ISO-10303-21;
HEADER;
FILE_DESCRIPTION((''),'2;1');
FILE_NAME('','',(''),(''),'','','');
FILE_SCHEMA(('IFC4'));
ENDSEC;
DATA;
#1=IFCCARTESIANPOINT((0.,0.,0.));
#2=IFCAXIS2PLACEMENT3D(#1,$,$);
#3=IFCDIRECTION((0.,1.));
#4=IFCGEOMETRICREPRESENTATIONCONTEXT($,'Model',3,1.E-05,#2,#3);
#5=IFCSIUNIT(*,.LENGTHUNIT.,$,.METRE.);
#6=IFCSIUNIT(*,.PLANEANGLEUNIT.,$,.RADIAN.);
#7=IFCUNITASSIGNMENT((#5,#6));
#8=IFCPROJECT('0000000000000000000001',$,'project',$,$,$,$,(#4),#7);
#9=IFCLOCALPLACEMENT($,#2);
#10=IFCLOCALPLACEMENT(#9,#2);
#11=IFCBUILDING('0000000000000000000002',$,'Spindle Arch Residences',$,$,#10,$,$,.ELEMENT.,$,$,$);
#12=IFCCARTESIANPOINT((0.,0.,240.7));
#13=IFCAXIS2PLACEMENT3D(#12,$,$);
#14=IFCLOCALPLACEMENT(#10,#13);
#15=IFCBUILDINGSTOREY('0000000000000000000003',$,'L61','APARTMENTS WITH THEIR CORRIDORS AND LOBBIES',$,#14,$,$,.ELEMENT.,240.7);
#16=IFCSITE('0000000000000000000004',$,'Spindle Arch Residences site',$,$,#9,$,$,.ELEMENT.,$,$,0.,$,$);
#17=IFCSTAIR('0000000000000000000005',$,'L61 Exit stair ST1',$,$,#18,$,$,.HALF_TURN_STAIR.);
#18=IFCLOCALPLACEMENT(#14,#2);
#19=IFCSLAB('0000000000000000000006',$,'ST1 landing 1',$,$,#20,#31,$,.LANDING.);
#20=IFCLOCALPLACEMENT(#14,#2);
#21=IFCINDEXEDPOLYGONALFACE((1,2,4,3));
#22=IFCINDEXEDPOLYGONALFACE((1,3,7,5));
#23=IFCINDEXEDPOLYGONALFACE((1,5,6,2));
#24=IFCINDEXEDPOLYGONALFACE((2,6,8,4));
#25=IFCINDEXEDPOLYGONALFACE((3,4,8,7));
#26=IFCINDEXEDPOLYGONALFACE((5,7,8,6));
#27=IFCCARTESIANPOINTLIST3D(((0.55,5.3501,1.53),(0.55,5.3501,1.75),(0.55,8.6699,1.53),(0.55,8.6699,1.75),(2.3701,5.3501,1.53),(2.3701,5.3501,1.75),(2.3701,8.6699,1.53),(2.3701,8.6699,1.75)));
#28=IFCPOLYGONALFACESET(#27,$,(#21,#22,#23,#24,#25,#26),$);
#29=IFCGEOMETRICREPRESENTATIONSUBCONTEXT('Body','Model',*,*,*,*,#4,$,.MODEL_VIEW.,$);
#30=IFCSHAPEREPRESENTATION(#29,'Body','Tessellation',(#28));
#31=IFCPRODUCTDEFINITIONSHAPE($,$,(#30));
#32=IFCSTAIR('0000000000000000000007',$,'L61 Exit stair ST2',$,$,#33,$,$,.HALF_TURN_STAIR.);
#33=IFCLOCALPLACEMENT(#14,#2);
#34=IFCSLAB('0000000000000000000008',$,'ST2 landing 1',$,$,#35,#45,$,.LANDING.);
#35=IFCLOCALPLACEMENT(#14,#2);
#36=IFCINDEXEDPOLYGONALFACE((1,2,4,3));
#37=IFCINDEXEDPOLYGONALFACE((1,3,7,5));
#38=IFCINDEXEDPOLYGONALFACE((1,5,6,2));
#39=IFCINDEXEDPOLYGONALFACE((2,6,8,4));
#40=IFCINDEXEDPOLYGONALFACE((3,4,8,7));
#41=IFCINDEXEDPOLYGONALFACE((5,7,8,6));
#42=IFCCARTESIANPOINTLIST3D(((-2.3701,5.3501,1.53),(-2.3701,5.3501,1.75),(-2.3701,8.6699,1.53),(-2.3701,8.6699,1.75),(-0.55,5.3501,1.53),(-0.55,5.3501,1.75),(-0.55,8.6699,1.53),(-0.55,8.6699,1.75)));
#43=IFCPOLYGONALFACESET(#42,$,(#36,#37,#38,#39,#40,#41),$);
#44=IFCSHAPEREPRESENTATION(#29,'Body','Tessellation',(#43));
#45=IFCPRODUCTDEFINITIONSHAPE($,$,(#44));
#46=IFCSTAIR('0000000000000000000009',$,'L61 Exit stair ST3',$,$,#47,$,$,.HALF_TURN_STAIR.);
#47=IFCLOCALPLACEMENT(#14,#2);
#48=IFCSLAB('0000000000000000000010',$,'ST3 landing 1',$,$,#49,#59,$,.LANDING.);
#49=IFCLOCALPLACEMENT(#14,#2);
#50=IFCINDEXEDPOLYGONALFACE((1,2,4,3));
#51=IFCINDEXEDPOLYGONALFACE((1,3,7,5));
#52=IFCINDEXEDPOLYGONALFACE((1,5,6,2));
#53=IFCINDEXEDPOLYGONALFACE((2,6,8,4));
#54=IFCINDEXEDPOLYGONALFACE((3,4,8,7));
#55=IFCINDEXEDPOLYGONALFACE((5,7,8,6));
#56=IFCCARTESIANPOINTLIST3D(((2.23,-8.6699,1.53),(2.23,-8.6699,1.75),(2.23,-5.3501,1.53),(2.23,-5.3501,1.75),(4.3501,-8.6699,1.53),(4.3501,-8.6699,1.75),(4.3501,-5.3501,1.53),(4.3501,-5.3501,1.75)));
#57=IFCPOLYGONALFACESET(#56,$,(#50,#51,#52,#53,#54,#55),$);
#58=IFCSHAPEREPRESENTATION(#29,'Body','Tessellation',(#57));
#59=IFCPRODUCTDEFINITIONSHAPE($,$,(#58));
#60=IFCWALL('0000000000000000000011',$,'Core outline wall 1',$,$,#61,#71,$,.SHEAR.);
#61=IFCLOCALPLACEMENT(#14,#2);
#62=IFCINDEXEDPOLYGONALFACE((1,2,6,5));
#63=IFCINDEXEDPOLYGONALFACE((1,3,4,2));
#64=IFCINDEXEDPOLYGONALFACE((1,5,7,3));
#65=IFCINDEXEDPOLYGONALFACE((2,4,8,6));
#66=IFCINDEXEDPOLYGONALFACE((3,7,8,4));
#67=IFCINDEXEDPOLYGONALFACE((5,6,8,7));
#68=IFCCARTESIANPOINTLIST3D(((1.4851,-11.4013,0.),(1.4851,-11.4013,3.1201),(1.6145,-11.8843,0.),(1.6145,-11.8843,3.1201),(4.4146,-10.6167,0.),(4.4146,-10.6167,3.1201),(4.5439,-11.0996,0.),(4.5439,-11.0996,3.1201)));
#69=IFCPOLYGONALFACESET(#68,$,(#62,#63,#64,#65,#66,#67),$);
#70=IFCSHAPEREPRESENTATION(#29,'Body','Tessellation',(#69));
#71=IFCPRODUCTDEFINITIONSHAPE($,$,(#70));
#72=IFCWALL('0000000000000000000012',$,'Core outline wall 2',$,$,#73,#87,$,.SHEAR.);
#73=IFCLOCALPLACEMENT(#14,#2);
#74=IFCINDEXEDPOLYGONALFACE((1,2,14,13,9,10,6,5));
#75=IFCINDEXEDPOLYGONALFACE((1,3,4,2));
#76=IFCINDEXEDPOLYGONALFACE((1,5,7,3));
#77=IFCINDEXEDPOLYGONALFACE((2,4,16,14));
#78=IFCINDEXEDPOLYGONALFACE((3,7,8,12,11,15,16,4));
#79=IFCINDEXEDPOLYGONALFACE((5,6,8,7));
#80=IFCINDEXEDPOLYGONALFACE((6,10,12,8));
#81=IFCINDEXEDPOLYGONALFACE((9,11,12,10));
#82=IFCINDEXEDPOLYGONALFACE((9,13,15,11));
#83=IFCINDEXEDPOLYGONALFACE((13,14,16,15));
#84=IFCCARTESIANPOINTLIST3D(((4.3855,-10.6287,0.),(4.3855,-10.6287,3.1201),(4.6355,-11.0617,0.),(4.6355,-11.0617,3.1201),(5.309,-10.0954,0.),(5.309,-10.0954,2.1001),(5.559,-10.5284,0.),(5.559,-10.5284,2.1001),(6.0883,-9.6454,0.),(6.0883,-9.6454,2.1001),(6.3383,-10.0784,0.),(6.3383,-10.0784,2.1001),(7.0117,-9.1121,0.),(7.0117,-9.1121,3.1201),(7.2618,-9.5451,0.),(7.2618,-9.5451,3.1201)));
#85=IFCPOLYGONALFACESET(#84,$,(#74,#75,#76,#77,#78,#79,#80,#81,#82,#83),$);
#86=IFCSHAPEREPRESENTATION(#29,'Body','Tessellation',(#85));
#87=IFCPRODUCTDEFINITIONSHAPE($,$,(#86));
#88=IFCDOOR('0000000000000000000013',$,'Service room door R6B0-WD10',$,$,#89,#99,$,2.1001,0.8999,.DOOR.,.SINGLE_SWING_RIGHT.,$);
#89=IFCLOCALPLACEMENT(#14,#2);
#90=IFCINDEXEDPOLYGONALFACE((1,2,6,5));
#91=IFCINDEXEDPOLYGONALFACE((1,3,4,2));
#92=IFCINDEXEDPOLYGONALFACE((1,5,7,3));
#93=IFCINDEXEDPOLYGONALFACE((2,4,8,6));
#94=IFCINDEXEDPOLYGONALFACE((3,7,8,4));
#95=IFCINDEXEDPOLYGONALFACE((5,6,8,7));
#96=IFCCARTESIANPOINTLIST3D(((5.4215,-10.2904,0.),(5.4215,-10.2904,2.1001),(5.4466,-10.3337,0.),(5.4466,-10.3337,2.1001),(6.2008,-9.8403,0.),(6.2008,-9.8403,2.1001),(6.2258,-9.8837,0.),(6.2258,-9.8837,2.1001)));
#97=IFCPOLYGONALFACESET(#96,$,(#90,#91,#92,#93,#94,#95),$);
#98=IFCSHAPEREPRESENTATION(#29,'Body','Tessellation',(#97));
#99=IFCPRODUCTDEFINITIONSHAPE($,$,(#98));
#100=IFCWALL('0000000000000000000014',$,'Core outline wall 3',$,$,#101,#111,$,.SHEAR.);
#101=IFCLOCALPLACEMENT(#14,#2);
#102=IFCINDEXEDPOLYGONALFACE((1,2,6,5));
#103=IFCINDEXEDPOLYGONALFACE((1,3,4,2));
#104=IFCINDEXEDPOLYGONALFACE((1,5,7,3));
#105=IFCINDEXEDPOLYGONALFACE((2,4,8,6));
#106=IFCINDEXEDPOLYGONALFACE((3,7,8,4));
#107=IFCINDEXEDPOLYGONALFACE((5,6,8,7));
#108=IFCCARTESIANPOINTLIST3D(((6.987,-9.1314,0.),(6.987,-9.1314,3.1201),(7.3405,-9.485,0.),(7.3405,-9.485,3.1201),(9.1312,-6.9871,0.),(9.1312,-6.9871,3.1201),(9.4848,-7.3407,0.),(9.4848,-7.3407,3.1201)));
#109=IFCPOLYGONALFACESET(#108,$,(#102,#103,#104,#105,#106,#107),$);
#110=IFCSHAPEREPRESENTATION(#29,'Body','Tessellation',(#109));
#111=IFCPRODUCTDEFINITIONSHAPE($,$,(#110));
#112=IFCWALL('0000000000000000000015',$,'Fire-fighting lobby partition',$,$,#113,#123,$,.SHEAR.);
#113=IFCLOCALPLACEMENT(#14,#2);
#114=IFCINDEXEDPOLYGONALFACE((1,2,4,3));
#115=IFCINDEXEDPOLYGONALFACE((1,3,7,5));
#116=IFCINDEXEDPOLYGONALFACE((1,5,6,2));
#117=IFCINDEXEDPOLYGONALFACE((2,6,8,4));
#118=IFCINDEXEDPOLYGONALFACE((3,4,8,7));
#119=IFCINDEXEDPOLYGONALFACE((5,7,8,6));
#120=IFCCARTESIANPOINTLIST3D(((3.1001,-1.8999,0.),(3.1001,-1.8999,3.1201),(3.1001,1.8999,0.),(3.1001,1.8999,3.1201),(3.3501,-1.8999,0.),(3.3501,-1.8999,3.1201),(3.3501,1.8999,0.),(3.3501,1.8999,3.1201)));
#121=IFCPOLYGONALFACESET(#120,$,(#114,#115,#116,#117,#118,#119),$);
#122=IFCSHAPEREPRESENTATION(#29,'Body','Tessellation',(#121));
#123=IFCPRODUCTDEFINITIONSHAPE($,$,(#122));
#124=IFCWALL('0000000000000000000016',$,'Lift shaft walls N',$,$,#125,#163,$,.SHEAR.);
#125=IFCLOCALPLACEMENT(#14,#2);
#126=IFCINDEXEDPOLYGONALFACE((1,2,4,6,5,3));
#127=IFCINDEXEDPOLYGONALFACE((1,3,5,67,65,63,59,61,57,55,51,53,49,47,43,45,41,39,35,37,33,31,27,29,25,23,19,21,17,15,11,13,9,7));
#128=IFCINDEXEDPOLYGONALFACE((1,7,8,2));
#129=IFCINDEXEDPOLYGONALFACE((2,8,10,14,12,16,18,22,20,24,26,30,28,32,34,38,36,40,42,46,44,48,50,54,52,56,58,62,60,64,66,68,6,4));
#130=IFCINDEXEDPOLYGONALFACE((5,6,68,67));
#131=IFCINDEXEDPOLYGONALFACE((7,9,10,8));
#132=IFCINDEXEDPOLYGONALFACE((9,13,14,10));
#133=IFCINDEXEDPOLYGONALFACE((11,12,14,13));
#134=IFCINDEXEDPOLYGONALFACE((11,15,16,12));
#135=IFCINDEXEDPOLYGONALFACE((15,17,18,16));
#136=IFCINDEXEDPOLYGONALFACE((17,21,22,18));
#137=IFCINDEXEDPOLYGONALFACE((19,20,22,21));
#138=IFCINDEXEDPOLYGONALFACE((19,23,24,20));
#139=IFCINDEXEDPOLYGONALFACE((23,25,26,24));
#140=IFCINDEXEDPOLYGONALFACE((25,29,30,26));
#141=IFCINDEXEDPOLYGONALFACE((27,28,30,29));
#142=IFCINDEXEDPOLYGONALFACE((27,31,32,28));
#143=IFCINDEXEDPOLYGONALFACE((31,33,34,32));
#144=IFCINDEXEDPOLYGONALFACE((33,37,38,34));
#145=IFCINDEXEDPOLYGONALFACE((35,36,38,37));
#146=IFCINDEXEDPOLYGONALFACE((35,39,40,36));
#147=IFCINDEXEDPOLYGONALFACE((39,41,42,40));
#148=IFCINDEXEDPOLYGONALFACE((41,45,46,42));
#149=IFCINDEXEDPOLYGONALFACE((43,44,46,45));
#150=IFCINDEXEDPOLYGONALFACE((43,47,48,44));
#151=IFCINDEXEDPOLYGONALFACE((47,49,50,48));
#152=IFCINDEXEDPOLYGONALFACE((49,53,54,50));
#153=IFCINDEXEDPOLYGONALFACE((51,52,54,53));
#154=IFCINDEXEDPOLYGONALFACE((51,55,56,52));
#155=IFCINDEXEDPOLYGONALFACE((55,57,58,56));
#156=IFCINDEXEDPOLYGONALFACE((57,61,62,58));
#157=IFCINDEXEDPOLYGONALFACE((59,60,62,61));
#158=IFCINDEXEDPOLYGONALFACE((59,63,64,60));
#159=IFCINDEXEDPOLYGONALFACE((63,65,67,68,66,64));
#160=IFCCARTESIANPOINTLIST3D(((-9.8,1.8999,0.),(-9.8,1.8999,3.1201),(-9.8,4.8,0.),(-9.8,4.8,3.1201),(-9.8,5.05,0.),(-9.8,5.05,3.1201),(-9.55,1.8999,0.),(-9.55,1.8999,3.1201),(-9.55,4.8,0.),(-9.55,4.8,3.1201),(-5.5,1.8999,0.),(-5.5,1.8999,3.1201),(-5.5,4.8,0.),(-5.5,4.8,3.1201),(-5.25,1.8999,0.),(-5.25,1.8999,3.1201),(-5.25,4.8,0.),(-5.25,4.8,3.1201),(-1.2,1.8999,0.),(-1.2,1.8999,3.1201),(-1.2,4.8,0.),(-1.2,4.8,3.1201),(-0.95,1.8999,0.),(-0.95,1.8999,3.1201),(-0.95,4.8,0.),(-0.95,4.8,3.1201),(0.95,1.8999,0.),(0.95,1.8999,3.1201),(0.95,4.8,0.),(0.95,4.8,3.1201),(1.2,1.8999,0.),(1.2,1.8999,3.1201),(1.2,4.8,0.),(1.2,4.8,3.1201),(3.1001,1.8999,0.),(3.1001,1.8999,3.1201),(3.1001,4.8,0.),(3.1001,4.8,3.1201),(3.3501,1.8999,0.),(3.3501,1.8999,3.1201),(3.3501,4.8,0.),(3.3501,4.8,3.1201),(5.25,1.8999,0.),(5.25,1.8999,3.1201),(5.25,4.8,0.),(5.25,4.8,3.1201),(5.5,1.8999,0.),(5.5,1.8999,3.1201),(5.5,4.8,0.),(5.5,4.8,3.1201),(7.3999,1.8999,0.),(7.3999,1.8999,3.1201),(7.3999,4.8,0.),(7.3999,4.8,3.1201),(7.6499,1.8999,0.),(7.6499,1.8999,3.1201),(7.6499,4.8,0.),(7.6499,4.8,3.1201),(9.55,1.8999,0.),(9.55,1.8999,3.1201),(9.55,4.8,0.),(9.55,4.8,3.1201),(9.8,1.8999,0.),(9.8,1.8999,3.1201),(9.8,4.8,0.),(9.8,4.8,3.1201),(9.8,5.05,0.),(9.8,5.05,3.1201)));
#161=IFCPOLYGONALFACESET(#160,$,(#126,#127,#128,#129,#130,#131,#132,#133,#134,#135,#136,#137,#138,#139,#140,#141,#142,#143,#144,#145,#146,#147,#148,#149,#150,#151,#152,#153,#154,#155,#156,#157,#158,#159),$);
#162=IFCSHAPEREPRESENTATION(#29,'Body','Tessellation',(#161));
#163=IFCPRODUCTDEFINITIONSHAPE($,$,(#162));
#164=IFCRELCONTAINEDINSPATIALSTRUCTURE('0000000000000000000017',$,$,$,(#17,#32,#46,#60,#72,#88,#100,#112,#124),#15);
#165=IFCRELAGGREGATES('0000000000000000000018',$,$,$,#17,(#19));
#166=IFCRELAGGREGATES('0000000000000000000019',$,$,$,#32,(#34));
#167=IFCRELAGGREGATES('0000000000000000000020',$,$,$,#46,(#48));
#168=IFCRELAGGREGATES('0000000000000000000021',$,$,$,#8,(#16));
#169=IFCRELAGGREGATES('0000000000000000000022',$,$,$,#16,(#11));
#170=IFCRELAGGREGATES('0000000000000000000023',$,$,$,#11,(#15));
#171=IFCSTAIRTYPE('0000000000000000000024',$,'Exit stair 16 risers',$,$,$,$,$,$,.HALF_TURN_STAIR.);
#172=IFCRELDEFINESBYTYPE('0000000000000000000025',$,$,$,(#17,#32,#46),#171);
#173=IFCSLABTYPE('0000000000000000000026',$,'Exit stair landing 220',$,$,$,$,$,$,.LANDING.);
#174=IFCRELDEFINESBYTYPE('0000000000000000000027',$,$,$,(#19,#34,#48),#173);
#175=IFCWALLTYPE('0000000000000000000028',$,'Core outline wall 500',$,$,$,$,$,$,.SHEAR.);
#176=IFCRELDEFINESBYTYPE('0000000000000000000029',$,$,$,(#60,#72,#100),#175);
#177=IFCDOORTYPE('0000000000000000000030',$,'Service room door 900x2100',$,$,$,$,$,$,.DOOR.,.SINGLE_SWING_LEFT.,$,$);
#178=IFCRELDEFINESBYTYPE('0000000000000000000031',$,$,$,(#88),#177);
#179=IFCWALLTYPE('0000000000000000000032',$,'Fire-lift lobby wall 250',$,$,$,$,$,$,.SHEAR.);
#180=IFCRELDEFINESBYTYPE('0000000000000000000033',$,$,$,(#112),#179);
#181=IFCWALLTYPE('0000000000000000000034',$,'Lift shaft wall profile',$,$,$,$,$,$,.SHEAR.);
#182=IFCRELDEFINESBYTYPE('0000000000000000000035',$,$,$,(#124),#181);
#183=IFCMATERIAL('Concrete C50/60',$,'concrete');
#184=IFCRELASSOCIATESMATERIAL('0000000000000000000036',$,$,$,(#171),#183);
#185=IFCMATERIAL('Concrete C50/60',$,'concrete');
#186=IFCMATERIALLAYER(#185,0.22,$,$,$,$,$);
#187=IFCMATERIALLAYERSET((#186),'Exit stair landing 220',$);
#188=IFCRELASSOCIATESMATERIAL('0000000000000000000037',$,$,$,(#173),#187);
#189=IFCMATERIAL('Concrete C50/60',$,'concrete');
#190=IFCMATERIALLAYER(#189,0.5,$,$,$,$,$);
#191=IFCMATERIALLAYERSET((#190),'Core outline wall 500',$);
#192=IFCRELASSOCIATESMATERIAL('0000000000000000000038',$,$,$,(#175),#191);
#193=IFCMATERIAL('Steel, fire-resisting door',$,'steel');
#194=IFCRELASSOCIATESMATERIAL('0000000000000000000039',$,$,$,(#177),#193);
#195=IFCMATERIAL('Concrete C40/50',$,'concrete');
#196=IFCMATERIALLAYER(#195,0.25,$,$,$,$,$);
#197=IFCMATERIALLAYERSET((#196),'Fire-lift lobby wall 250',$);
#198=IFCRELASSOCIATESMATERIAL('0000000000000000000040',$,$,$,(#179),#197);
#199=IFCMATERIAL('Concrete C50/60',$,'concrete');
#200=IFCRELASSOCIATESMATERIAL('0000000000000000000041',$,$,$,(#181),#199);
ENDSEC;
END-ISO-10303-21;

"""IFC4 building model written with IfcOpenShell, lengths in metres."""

from ifc_helpers import new_model, si_unit, direction, frame, frame_2d, origin, place, context, subcontext, project, spatial, polyline, rectangle, outline, extrude, material, layer, layer_set, type_object, element, fill, aggregate, save


model = new_model("IFC4")

# Units and contexts
model_context = context("Model", 3, precision=1e-05, world=origin(), true_north=direction((0.0, 1.0)))
body_context = subcontext(model_context, "Body", "Model", "MODEL_VIEW")
ifc_project = project(units=[si_unit("LENGTHUNIT", "METRE"), si_unit("PLANEANGLEUNIT", "RADIAN")], contexts=[model_context])

# Site, building, storey
site_placement = place(None, origin())
site = spatial("IfcSite", under=ifc_project, at=site_placement, Name="Spindle Arch Residences site", CompositionType="ELEMENT", RefElevation=0.0)
building_placement = place(site_placement, origin())
building = spatial("IfcBuilding", under=site, at=building_placement, Name="Spindle Arch Residences", CompositionType="ELEMENT")
storey_placement = place(building_placement, frame((0.0, 0.0, 240.7)))
storey = spatial("IfcBuildingStorey", under=building, at=storey_placement, Name="L61", Description="APARTMENTS WITH THEIR CORRIDORS AND LOBBIES", CompositionType="ELEMENT", Elevation=240.7)

# Stairs, slabs
ifc_material_1 = material(Name="Concrete C50/60", Category="concrete")
stair_type = type_object("IfcStairType", Name="Exit stair 16 risers", PredefinedType="HALF_TURN_STAIR", material=ifc_material_1)
stair_1_placement = place(storey_placement, origin())
stair_1 = element("IfcStair", 1, at=stair_1_placement, inside=storey, type_object=stair_type, Name="L61 Exit stair ST1", PredefinedType="HALF_TURN_STAIR")
ifc_material_2 = material(Name="Concrete C50/60", Category="concrete")
ifc_layer_1 = layer(ifc_material_2, 0.22)
ifc_layer_set_1 = layer_set([ifc_layer_1], Name="Exit stair landing 220")
slab_type_1 = type_object("IfcSlabType", Name="Exit stair landing 220", PredefinedType="LANDING", material=ifc_layer_set_1)
slab_1_placement = place(storey_placement, frame((0.0, 0.0, 1.53)))
slab_1 = element("IfcSlab", 2, at=slab_1_placement, type_object=slab_type_1, Name="ST1 landing 1", PredefinedType="LANDING", context=body_context, shape_type="SweptSolid", body=[
    extrude(outline(polyline([(2.3701, 8.6699), (0.55, 8.6699), (0.55, 5.3501), (2.3701, 5.3501), (2.3701, 8.6699)])), origin(), (0.0, 0.0, 1.0), 0.22),
])
aggregate(stair_1, [slab_1])
stair_2_placement = place(storey_placement, origin())
stair_2 = element("IfcStair", 3, at=stair_2_placement, inside=storey, type_object=stair_type, Name="L61 Exit stair ST2", PredefinedType="HALF_TURN_STAIR")
slab_2_placement = place(storey_placement, frame((0.0, 0.0, 1.53)))
slab_2 = element("IfcSlab", 4, at=slab_2_placement, type_object=slab_type_1, Name="ST2 landing 1", PredefinedType="LANDING", context=body_context, shape_type="SweptSolid", body=[
    extrude(outline(polyline([(-2.3701, 5.3501), (-0.55, 5.3501), (-0.55, 8.6699), (-2.3701, 8.6699), (-2.3701, 5.3501)])), origin(), (0.0, 0.0, 1.0), 0.22),
])
aggregate(stair_2, [slab_2])
stair_3_placement = place(storey_placement, origin())
stair_3 = element("IfcStair", 5, at=stair_3_placement, inside=storey, type_object=stair_type, Name="L61 Exit stair ST3", PredefinedType="HALF_TURN_STAIR")
slab_3_placement = place(storey_placement, frame((0.0, 0.0, 1.53)))
slab_3 = element("IfcSlab", 6, at=slab_3_placement, type_object=slab_type_1, Name="ST3 landing 1", PredefinedType="LANDING", context=body_context, shape_type="SweptSolid", body=[
    extrude(outline(polyline([(2.23, -8.6699), (4.3501, -8.6699), (4.3501, -5.3501), (2.23, -5.3501), (2.23, -8.6699)])), origin(), (0.0, 0.0, 1.0), 0.22),
])

# Wall
ifc_material_3 = material(Name="Concrete C50/60", Category="concrete")
ifc_layer_2 = layer(ifc_material_3, 0.5)
ifc_layer_set_2 = layer_set([ifc_layer_2], Name="Core outline wall 500")
wall_type_1 = type_object("IfcWallType", Name="Core outline wall 500", PredefinedType="SHEAR", material=ifc_layer_set_2)
wall_1_placement = place(storey_placement, frame((1.5498, -11.6428, 0.0), z_axis=(0.0, 0.0, 1.0), x_axis=(0.965948, 0.258735, 0.0)))
element("IfcWall", 7, at=wall_1_placement, inside=storey, type_object=wall_type_1, Name="Core outline wall 1", PredefinedType="SHEAR", context=body_context, shape_type="SweptSolid", body=[
    extrude(rectangle(XDim=3.0327, YDim=0.5, at=frame_2d((1.5164, 0.0))), origin(), (0.0, 0.0, 1.0), 3.1201),
])

# Wall, opening, door
wall_2_placement = place(storey_placement, frame((4.5105, -10.8452, 0.0), z_axis=(0.0, 0.0, 1.0), x_axis=(0.865975, 0.500087, 0.0)))
wall_2 = element("IfcWall", 8, at=wall_2_placement, inside=storey, type_object=wall_type_1, Name="Core outline wall 2", PredefinedType="SHEAR", context=body_context, shape_type="SweptSolid", body=[
    extrude(rectangle(XDim=3.0327, YDim=0.5, at=frame_2d((1.5164, 0.0))), origin(), (0.0, 0.0, 1.0), 3.1201),
])
opening_1_placement = place(wall_2_placement, frame((1.0664, 0.0, 0.0)))
opening_1 = element("IfcOpeningElement", 9, at=opening_1_placement, cuts=wall_2, PredefinedType="OPENING", context=body_context, shape_type="SweptSolid", body=[
    extrude(rectangle(XDim=0.8999, YDim=2.1001, at=frame_2d((0.45, 1.05))), frame((0.0, 0.26, 0.0), z_axis=(0.0, -1.0, 0.0), x_axis=(1.0, 0.0, 0.0)), (0.0, 0.0, 1.0), 0.52),
])
ifc_material_4 = material(Name="Steel, fire-resisting door", Category="steel")
door_type_1 = type_object("IfcDoorType", Name="Service room door 900x2100", OperationType="SINGLE_SWING_LEFT", PredefinedType="DOOR", material=ifc_material_4)
door_1_placement = place(opening_1_placement, origin())
door_1 = element("IfcDoor", 10, at=door_1_placement, inside=storey, type_object=door_type_1, Name="Service room door R6B0-WD10", OperationType="SINGLE_SWING_RIGHT", OverallHeight=2.1001, OverallWidth=0.8999, PredefinedType="DOOR", context=body_context, shape_type="SweptSolid", body=[
    extrude(rectangle(XDim=0.8999, YDim=2.1001, at=frame_2d((0.45, 1.05))), frame((0.0, 0.0249, 0.0), z_axis=(0.0, -1.0, 0.0), x_axis=(1.0, 0.0, 0.0)), (0.0, 0.0, 1.0), 0.05),
])
fill(opening_1, door_1)

# Walls
wall_3_placement = place(storey_placement, frame((7.1638, -9.3081, 0.0), z_axis=(0.0, 0.0, 1.0), x_axis=(0.707107, 0.707107, 0.0)))
element("IfcWall", 11, at=wall_3_placement, inside=storey, type_object=wall_type_1, Name="Core outline wall 3", PredefinedType="SHEAR", context=body_context, shape_type="SweptSolid", body=[
    extrude(rectangle(XDim=3.0325, YDim=0.5, at=frame_2d((1.5161, 0.0))), origin(), (0.0, 0.0, 1.0), 3.1201),
])
ifc_material_5 = material(Name="Concrete C40/50", Category="concrete")
ifc_layer_3 = layer(ifc_material_5, 0.25)
ifc_layer_set_3 = layer_set([ifc_layer_3], Name="Fire-lift lobby wall 250")
wall_type_2 = type_object("IfcWallType", Name="Fire-lift lobby wall 250", PredefinedType="SHEAR", material=ifc_layer_set_3)
wall_4_placement = place(storey_placement, frame((3.2251, -1.8999, 0.0), z_axis=(0.0, 0.0, 1.0), x_axis=(0.0, 1.0, 0.0)))
element("IfcWall", 12, at=wall_4_placement, inside=storey, type_object=wall_type_2, Name="Fire-fighting lobby partition", PredefinedType="SHEAR", context=body_context, shape_type="SweptSolid", body=[
    extrude(rectangle(XDim=3.7998, YDim=0.25, at=frame_2d((1.8999, 0.0))), origin(), (0.0, 0.0, 1.0), 3.1201),
])

# Wall
ifc_material_6 = material(Name="Concrete C50/60", Category="concrete")
wall_type_3 = type_object("IfcWallType", Name="Lift shaft wall profile", PredefinedType="SHEAR", material=ifc_material_6)
wall_5_placement = place(storey_placement, origin())
element("IfcWall", 13, at=wall_5_placement, inside=storey, type_object=wall_type_3, Name="Lift shaft walls N", PredefinedType="SHEAR", context=body_context, shape_type="SweptSolid", body=[
    extrude(outline(polyline([(-9.55, 4.8), (-5.5, 4.8), (-5.5, 1.8999), (-5.25, 1.8999), (-5.25, 4.8), (-1.2, 4.8), (-1.2, 1.8999), (-0.95, 1.8999), (-0.95, 4.8), (0.95, 4.8), (0.95, 1.8999), (1.2, 1.8999), (1.2, 4.8), (3.1001, 4.8), (3.1001, 1.8999), (3.3501, 1.8999), (3.3501, 4.8), (5.25, 4.8), (5.25, 1.8999), (5.5, 1.8999), (5.5, 4.8), (7.3999, 4.8), (7.3999, 1.8999), (7.6499, 1.8999), (7.6499, 4.8), (9.55, 4.8), (9.55, 1.8999), (9.8, 1.8999), (9.8, 4.8), (9.8, 5.05), (-9.8, 5.05), (-9.8, 4.8), (-9.8, 1.8999), (-9.55, 1.8999), (-9.55, 4.8)])), origin(), (0.0, 0.0, 1.0), 3.1201),
])

aggregate(stair_3, [slab_3])

save(model, "model.ifc")
